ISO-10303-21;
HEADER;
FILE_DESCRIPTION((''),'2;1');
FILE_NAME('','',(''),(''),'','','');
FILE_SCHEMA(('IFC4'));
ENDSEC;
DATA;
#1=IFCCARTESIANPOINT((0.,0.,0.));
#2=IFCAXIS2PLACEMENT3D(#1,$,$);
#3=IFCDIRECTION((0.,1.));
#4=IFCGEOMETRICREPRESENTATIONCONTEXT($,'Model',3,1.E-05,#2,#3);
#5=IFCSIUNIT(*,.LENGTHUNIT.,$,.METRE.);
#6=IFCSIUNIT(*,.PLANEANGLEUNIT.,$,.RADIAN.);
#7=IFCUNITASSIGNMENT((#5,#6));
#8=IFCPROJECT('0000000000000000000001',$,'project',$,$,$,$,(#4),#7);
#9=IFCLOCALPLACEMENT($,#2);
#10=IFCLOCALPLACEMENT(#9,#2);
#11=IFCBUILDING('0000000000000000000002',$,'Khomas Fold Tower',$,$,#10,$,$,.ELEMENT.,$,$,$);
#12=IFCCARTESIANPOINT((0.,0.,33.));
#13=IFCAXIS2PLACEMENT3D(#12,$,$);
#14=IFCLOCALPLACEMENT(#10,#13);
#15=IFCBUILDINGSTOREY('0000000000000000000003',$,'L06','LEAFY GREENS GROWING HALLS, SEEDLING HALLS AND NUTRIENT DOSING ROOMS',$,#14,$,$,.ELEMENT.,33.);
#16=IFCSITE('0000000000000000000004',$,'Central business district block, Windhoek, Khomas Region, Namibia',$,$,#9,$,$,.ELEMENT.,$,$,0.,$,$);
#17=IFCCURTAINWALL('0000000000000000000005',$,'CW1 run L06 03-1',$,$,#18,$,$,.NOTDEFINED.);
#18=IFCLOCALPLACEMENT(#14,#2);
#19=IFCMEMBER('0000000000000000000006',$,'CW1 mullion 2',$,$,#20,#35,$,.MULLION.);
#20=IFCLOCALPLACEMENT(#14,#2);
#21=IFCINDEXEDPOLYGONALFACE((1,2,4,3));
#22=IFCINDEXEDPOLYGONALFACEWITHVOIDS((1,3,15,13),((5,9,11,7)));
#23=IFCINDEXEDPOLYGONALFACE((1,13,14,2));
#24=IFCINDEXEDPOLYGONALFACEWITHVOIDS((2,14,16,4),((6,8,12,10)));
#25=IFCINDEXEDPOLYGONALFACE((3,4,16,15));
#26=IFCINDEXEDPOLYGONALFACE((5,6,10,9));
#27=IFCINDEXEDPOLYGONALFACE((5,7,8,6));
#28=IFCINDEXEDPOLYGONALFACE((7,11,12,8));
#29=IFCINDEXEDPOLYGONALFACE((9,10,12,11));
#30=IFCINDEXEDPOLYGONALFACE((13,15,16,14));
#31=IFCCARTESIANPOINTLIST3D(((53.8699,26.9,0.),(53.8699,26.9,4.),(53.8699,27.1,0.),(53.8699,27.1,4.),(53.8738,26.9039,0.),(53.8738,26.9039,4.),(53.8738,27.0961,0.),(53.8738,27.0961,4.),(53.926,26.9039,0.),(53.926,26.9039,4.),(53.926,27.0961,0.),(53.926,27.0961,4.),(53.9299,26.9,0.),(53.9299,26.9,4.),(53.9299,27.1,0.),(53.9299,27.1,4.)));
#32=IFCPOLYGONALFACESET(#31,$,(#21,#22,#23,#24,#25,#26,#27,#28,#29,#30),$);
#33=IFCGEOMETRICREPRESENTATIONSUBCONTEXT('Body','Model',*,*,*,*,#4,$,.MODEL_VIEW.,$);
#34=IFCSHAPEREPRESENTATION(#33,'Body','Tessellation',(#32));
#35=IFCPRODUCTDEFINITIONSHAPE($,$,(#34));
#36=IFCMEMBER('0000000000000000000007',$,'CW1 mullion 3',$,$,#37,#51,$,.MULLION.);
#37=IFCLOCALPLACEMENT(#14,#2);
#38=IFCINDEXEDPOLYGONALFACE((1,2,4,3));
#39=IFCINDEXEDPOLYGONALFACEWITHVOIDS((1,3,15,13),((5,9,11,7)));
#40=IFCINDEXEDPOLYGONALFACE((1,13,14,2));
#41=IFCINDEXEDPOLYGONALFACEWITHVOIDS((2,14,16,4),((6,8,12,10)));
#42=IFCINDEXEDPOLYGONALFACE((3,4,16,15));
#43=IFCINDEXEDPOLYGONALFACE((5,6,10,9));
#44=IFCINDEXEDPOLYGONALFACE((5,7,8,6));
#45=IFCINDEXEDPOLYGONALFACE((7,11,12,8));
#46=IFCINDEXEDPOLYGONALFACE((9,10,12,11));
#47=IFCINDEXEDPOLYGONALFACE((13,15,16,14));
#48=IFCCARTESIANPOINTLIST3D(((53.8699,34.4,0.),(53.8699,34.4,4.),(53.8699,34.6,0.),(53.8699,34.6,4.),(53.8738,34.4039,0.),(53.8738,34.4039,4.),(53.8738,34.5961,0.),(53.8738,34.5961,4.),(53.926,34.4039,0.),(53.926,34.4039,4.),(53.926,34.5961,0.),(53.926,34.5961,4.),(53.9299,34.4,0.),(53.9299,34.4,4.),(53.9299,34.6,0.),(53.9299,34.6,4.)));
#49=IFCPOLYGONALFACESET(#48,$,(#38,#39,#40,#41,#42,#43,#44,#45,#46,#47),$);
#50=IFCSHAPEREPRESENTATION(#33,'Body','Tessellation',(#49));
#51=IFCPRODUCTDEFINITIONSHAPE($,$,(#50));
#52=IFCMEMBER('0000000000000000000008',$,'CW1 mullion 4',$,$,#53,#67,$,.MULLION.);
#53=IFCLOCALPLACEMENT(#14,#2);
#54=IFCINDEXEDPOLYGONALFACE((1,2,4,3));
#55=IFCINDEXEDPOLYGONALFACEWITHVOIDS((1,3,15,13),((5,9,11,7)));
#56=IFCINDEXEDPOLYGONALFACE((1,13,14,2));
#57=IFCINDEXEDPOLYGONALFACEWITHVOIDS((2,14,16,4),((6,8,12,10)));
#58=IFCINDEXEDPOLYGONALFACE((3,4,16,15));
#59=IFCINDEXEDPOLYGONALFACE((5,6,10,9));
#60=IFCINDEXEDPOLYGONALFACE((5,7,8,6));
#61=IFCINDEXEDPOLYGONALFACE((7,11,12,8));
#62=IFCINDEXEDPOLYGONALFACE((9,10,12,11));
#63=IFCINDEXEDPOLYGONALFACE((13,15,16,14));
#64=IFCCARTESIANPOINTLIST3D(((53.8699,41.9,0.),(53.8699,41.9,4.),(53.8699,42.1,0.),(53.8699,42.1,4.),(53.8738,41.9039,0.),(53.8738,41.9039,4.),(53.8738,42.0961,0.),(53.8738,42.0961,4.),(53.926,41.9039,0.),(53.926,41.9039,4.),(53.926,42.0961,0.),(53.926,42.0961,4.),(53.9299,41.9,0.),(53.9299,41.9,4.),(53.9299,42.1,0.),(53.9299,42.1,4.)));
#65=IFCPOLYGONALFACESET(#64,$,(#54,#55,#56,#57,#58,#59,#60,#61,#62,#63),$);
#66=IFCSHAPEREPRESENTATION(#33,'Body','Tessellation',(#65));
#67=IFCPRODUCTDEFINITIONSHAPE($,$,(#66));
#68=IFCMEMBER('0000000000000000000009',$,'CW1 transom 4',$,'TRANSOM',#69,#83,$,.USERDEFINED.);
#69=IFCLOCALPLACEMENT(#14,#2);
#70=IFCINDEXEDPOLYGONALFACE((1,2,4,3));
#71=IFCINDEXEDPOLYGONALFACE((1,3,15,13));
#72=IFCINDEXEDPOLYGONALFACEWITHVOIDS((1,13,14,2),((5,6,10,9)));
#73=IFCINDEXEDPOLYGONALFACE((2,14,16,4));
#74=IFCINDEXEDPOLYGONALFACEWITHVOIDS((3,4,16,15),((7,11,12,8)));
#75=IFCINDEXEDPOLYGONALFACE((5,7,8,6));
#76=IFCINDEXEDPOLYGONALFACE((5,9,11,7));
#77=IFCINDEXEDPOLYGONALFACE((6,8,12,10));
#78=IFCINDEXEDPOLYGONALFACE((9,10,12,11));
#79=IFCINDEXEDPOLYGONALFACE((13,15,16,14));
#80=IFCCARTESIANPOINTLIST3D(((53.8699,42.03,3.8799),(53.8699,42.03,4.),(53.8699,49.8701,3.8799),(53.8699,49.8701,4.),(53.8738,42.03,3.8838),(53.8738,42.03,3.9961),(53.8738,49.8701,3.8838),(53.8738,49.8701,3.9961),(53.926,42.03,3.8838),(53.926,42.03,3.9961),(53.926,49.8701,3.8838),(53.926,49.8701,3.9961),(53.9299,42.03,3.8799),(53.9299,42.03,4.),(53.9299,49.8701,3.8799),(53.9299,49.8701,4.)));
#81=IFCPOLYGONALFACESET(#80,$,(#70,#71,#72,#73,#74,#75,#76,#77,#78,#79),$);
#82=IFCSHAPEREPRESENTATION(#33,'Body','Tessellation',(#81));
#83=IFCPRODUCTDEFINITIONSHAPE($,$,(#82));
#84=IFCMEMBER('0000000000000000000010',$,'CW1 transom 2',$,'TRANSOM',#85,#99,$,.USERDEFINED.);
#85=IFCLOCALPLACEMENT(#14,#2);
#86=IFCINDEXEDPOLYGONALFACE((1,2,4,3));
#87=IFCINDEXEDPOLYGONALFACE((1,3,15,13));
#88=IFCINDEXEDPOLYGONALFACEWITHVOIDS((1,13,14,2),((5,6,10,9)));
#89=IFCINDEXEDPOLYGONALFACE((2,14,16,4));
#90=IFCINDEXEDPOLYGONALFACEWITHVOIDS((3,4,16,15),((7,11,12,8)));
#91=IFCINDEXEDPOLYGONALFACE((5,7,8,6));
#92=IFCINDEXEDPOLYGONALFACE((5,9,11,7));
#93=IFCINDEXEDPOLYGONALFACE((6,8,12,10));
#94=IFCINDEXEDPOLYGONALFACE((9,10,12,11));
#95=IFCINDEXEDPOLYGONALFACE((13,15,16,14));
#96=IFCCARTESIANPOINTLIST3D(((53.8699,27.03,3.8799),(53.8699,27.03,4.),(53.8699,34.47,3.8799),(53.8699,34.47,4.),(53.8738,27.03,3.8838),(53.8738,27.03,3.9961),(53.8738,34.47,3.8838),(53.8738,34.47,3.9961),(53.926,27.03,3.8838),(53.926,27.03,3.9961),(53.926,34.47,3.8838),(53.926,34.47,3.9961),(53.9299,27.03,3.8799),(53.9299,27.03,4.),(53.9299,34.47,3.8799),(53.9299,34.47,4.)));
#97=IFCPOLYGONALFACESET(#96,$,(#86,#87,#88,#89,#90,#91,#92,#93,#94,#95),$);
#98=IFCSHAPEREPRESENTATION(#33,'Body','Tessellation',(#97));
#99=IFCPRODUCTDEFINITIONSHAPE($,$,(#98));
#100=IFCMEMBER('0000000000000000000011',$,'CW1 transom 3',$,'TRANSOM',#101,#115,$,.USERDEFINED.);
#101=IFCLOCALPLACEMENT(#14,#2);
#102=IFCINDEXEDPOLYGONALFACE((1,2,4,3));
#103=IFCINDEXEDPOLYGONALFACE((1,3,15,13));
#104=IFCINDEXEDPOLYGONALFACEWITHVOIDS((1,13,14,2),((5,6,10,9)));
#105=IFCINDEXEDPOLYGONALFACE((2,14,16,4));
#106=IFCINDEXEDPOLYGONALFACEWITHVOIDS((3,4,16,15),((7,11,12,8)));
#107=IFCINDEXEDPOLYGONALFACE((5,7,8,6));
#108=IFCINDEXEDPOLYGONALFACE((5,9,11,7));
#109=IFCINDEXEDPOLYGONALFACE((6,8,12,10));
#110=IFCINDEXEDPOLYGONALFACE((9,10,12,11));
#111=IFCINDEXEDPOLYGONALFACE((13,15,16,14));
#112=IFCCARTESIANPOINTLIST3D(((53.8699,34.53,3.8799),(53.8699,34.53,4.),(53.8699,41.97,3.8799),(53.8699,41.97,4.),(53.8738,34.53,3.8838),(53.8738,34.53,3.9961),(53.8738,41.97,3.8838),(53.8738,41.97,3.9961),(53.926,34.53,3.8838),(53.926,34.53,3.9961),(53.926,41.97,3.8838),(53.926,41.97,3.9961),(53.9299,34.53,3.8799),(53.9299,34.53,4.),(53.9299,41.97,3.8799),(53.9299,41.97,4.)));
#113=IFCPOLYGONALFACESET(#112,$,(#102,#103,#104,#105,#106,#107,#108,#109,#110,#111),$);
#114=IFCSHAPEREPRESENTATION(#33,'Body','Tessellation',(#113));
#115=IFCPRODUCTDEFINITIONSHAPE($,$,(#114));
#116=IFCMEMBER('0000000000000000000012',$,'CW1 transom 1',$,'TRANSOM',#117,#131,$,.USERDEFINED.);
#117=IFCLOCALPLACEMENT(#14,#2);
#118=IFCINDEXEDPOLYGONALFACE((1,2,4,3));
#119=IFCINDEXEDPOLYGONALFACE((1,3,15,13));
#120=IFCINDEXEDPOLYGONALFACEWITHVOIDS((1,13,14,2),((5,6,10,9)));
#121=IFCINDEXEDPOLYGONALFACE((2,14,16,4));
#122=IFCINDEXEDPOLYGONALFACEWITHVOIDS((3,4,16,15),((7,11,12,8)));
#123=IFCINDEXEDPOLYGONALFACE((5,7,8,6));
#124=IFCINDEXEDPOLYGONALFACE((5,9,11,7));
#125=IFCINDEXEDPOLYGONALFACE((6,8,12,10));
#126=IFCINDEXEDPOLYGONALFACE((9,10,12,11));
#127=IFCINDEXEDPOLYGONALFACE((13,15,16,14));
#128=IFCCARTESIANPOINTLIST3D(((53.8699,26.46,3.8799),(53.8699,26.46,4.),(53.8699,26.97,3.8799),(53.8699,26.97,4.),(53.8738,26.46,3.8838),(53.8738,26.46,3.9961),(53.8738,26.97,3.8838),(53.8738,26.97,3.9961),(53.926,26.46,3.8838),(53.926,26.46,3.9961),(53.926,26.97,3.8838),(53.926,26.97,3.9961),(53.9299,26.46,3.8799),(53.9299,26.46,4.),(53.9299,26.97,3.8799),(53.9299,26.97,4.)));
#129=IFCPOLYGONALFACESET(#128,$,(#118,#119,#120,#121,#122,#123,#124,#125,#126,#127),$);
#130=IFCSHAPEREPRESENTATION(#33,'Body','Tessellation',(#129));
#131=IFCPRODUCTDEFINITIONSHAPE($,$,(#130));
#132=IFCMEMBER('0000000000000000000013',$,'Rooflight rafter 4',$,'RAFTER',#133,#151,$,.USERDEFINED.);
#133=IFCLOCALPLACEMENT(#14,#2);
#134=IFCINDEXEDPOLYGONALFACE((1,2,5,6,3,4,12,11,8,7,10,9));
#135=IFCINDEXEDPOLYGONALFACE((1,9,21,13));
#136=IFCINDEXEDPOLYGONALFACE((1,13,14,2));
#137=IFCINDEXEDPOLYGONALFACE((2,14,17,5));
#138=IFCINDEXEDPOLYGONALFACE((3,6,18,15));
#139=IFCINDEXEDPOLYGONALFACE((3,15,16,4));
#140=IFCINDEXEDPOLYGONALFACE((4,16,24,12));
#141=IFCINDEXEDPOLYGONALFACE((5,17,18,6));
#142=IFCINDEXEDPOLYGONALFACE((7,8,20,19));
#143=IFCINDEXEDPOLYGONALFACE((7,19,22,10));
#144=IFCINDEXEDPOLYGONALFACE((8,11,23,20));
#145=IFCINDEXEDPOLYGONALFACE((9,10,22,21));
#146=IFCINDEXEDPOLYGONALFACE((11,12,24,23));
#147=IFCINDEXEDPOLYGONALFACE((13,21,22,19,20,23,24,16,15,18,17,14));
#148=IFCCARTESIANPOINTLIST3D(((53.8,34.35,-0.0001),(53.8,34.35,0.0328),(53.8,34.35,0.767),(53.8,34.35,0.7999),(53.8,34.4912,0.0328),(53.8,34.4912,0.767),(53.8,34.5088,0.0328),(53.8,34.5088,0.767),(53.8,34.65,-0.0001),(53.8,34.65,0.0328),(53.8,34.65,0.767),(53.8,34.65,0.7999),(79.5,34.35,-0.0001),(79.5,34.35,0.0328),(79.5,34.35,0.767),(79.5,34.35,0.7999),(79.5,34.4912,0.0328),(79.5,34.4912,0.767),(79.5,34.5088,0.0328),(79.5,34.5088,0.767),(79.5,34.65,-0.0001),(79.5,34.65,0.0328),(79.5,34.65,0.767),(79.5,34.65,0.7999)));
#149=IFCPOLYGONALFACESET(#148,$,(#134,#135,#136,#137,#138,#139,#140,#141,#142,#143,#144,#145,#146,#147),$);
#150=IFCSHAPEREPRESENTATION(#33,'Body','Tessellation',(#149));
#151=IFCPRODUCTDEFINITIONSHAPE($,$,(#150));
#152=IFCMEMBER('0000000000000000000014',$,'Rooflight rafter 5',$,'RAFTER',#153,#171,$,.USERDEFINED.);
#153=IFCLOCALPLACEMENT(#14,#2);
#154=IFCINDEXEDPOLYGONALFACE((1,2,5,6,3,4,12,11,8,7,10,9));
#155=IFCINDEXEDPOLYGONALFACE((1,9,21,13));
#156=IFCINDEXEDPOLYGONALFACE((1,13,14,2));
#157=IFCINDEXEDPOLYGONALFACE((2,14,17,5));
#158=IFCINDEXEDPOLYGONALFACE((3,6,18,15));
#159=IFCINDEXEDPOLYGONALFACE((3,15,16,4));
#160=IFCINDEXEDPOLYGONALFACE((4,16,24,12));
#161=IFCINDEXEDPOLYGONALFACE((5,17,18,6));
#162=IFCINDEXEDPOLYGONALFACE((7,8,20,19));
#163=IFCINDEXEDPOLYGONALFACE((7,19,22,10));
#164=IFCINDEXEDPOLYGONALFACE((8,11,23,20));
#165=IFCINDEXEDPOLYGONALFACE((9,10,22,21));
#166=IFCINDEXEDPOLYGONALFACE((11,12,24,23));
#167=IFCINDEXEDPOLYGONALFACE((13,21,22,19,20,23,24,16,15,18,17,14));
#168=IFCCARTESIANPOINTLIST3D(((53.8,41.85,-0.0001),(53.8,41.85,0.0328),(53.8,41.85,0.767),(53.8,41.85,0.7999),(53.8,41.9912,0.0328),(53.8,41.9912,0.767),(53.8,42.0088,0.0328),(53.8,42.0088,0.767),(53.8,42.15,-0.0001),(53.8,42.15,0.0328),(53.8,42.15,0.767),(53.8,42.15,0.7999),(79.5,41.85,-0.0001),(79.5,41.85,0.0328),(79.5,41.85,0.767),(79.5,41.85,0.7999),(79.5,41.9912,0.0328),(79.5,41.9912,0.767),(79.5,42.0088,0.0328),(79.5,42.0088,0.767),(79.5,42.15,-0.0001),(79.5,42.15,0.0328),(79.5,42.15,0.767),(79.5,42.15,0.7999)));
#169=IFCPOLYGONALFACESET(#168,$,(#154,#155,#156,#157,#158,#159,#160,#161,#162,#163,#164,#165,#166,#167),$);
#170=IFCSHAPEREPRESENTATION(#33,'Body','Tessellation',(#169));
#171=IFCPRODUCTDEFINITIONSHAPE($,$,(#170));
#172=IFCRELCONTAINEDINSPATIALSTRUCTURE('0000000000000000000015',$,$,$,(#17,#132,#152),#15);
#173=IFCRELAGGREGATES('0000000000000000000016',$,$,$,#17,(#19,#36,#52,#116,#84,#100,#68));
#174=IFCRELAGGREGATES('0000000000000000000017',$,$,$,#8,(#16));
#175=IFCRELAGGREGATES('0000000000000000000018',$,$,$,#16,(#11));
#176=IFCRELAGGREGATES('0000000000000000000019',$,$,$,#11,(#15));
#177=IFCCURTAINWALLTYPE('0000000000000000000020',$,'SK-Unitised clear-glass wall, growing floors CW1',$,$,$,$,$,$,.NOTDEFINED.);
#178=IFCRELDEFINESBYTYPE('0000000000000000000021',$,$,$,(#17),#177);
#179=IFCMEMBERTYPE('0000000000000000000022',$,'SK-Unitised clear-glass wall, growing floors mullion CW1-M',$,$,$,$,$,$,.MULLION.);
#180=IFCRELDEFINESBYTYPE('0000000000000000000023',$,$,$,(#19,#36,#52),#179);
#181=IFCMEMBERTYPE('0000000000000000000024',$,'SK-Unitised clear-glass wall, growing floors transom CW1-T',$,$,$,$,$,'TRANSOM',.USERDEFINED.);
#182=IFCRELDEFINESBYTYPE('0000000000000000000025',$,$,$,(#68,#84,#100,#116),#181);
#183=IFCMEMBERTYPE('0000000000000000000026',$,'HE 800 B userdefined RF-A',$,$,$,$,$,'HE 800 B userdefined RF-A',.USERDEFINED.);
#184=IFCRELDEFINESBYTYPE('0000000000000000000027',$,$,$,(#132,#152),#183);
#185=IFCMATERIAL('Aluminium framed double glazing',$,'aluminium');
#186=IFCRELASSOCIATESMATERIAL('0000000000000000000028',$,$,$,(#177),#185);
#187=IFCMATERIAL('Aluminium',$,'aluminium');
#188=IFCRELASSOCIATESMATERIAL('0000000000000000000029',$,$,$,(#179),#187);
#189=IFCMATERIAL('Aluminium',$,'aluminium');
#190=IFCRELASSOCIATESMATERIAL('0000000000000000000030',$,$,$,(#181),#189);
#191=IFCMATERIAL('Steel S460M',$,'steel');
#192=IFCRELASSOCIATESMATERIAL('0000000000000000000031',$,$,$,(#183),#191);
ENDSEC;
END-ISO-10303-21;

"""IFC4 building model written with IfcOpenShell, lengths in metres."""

from ifc_helpers import new_model, si_unit, direction, frame, origin, origin_2d, place, context, subcontext, project, spatial, hollow_rectangle, i_section, extrude, source, transform, mapped, material, material_profile, profile_set, type_object, element, aggregate, save


model = new_model("IFC4")

# Units and contexts
model_context = context("Model", 3, precision=1e-05, world=origin(), true_north=direction((0.0, 1.0)))
body_context = subcontext(model_context, "Body", "Model", "MODEL_VIEW")
ifc_project = project(units=[si_unit("LENGTHUNIT", "METRE"), si_unit("PLANEANGLEUNIT", "RADIAN")], contexts=[model_context])

# Site, building, storey
site_placement = place(None, origin())
site = spatial("IfcSite", under=ifc_project, at=site_placement, Name="Central business district block, Windhoek, Khomas Region, Namibia", CompositionType="ELEMENT", RefElevation=0.0)
building_placement = place(site_placement, origin())
building = spatial("IfcBuilding", under=site, at=building_placement, Name="Khomas Fold Tower", CompositionType="ELEMENT")
storey_placement = place(building_placement, frame((0.0, 0.0, 33.0)))
storey = spatial("IfcBuildingStorey", under=building, at=storey_placement, Name="L06", Description="LEAFY GREENS GROWING HALLS, SEEDLING HALLS AND NUTRIENT DOSING ROOMS", CompositionType="ELEMENT", Elevation=33.0)

# Curtain wall, members
ifc_material_1 = material(Name="Aluminium framed double glazing", Category="aluminium")
curtain_wall_type = type_object("IfcCurtainWallType", Name="SK-Unitised clear-glass wall, growing floors CW1", PredefinedType="NOTDEFINED", material=ifc_material_1)
curtain_wall_placement = place(storey_placement, origin())
curtain_wall = element("IfcCurtainWall", 1, at=curtain_wall_placement, inside=storey, type_object=curtain_wall_type, Name="CW1 run L06 03-1", PredefinedType="NOTDEFINED")
ifc_material_2 = material(Name="Aluminium", Category="aluminium")
ifc_material_profile_1 = material_profile(ifc_material_2, hollow_rectangle(XDim=0.0601, YDim=0.2, WallThickness=0.0039, at=origin_2d()), Name="SK-Unitised clear-glass wall, growing floors mullion CW1-M")
ifc_profile_set_1 = profile_set([ifc_material_profile_1], Name="Aluminium")
member_type_1 = type_object("IfcMemberType", Name="SK-Unitised clear-glass wall, growing floors mullion CW1-M", PredefinedType="MULLION", material=ifc_profile_set_1)
shared_shape_1 = source(origin(), body_context, "Body", "SweptSolid", [
    extrude(hollow_rectangle(XDim=0.0601, YDim=0.2, WallThickness=0.0039, at=origin_2d()), origin(), (0.0, 0.0, 1.0), 4.0),
])
member_1_placement = place(storey_placement, frame((53.8999, 27.0, 0.0), z_axis=(0.0, 0.0, 1.0), x_axis=(-1.0, 0.0, 0.0)))
member_1 = element("IfcMember", 2, at=member_1_placement, type_object=member_type_1, Name="CW1 mullion 2", PredefinedType="MULLION", context=body_context, shape_type="MappedRepresentation", body=[
    mapped(shared_shape_1, transform((0.0, 0.0, 0.0))),
])
member_2_placement = place(storey_placement, frame((53.8999, 34.5, 0.0), z_axis=(0.0, 0.0, 1.0), x_axis=(-1.0, 0.0, 0.0)))
member_2 = element("IfcMember", 3, at=member_2_placement, type_object=member_type_1, Name="CW1 mullion 3", PredefinedType="MULLION", context=body_context, shape_type="MappedRepresentation", body=[
    mapped(shared_shape_1, transform((0.0, 0.0, 0.0))),
])
member_3_placement = place(storey_placement, frame((53.8999, 42.0, 0.0), z_axis=(0.0, 0.0, 1.0), x_axis=(-1.0, 0.0, 0.0)))
member_3 = element("IfcMember", 4, at=member_3_placement, type_object=member_type_1, Name="CW1 mullion 4", PredefinedType="MULLION", context=body_context, shape_type="MappedRepresentation", body=[
    mapped(shared_shape_1, transform((0.0, 0.0, 0.0))),
])
ifc_material_3 = material(Name="Aluminium", Category="aluminium")
ifc_material_profile_2 = material_profile(ifc_material_3, hollow_rectangle(XDim=0.0601, YDim=0.1201, WallThickness=0.0039, at=origin_2d()), Name="SK-Unitised clear-glass wall, growing floors transom CW1-T")
ifc_profile_set_2 = profile_set([ifc_material_profile_2], Name="Aluminium")
member_type_2 = type_object("IfcMemberType", Name="SK-Unitised clear-glass wall, growing floors transom CW1-T", ElementType="TRANSOM", PredefinedType="USERDEFINED", material=ifc_profile_set_2)
shared_shape_2 = source(origin(), body_context, "Body", "SweptSolid", [
    extrude(hollow_rectangle(XDim=0.0601, YDim=0.1201, WallThickness=0.0039, at=origin_2d()), origin(), (0.0, 0.0, 1.0), 7.8401),
])
member_4_placement = place(storey_placement, frame((53.8999, 42.03, 3.9399), z_axis=(0.0, 1.0, 0.0), x_axis=(-1.0, 0.0, 0.0)))
member_4 = element("IfcMember", 5, at=member_4_placement, type_object=member_type_2, Name="CW1 transom 4", ObjectType="TRANSOM", PredefinedType="USERDEFINED", context=body_context, shape_type="MappedRepresentation", body=[
    mapped(shared_shape_2, transform((0.0, 0.0, 0.0))),
])
shared_shape_3 = source(origin(), body_context, "Body", "SweptSolid", [
    extrude(hollow_rectangle(XDim=0.0601, YDim=0.1201, WallThickness=0.0039, at=origin_2d()), origin(), (0.0, 0.0, 1.0), 7.4399),
])
member_5_placement = place(storey_placement, frame((53.8999, 27.03, 3.9399), z_axis=(0.0, 1.0, 0.0), x_axis=(-1.0, 0.0, 0.0)))
member_5 = element("IfcMember", 6, at=member_5_placement, type_object=member_type_2, Name="CW1 transom 2", ObjectType="TRANSOM", PredefinedType="USERDEFINED", context=body_context, shape_type="MappedRepresentation", body=[
    mapped(shared_shape_3, transform((0.0, 0.0, 0.0))),
])
member_6_placement = place(storey_placement, frame((53.8999, 34.53, 3.9399), z_axis=(0.0, 1.0, 0.0), x_axis=(-1.0, 0.0, 0.0)))
member_6 = element("IfcMember", 7, at=member_6_placement, type_object=member_type_2, Name="CW1 transom 3", ObjectType="TRANSOM", PredefinedType="USERDEFINED", context=body_context, shape_type="MappedRepresentation", body=[
    mapped(shared_shape_3, transform((0.0, 0.0, 0.0))),
])
shared_shape_4 = source(origin(), body_context, "Body", "SweptSolid", [
    extrude(hollow_rectangle(XDim=0.0601, YDim=0.1201, WallThickness=0.0039, at=origin_2d()), origin(), (0.0, 0.0, 1.0), 0.51),
])
member_7_placement = place(storey_placement, frame((53.8999, 26.46, 3.9399), z_axis=(0.0, 1.0, 0.0), x_axis=(-1.0, 0.0, 0.0)))
member_7 = element("IfcMember", 8, at=member_7_placement, type_object=member_type_2, Name="CW1 transom 1", ObjectType="TRANSOM", PredefinedType="USERDEFINED", context=body_context, shape_type="MappedRepresentation", body=[
    mapped(shared_shape_4, transform((0.0, 0.0, 0.0))),
])

# Members
ifc_material_4 = material(Name="Steel S460M", Category="steel")
ifc_material_profile_3 = material_profile(ifc_material_4, i_section(OverallWidth=0.3, OverallDepth=0.8, WebThickness=0.0176, FlangeThickness=0.033, at=origin_2d()), Name="HE 800 B")
ifc_profile_set_3 = profile_set([ifc_material_profile_3], Name="Steel S460M")
member_type_3 = type_object("IfcMemberType", Name="HE 800 B userdefined RF-A", ElementType="HE 800 B userdefined RF-A", PredefinedType="USERDEFINED", material=ifc_profile_set_3)
shared_shape_5 = source(origin(), body_context, "Body", "SweptSolid", [
    extrude(i_section(OverallWidth=0.3, OverallDepth=0.8, WebThickness=0.0176, FlangeThickness=0.033, at=origin_2d()), origin(), (0.0, 0.0, 1.0), 25.7),
])
for number, where, z_axis, x_axis, name in (
    (9, (53.8, 34.5, 0.3999), (1.0, 0.0, 0.0), (0.0, 1.0, 0.0), "Rooflight rafter 4"),
    (10, (53.8, 42.0, 0.3999), (1.0, 0.0, 0.0), (0.0, 1.0, 0.0), "Rooflight rafter 5"),
):
    element("IfcMember", number, at=place(storey_placement, frame(where, z_axis=z_axis, x_axis=x_axis)), inside=storey, type_object=member_type_3, Name=name, ObjectType="RAFTER", PredefinedType="USERDEFINED", context=body_context, shape_type="MappedRepresentation", body=[
        mapped(shared_shape_5, transform((0.0, 0.0, 0.0))),
    ])

aggregate(curtain_wall, [member_1, member_2, member_3, member_7, member_5, member_6, member_4])

save(model, "model.ifc")
